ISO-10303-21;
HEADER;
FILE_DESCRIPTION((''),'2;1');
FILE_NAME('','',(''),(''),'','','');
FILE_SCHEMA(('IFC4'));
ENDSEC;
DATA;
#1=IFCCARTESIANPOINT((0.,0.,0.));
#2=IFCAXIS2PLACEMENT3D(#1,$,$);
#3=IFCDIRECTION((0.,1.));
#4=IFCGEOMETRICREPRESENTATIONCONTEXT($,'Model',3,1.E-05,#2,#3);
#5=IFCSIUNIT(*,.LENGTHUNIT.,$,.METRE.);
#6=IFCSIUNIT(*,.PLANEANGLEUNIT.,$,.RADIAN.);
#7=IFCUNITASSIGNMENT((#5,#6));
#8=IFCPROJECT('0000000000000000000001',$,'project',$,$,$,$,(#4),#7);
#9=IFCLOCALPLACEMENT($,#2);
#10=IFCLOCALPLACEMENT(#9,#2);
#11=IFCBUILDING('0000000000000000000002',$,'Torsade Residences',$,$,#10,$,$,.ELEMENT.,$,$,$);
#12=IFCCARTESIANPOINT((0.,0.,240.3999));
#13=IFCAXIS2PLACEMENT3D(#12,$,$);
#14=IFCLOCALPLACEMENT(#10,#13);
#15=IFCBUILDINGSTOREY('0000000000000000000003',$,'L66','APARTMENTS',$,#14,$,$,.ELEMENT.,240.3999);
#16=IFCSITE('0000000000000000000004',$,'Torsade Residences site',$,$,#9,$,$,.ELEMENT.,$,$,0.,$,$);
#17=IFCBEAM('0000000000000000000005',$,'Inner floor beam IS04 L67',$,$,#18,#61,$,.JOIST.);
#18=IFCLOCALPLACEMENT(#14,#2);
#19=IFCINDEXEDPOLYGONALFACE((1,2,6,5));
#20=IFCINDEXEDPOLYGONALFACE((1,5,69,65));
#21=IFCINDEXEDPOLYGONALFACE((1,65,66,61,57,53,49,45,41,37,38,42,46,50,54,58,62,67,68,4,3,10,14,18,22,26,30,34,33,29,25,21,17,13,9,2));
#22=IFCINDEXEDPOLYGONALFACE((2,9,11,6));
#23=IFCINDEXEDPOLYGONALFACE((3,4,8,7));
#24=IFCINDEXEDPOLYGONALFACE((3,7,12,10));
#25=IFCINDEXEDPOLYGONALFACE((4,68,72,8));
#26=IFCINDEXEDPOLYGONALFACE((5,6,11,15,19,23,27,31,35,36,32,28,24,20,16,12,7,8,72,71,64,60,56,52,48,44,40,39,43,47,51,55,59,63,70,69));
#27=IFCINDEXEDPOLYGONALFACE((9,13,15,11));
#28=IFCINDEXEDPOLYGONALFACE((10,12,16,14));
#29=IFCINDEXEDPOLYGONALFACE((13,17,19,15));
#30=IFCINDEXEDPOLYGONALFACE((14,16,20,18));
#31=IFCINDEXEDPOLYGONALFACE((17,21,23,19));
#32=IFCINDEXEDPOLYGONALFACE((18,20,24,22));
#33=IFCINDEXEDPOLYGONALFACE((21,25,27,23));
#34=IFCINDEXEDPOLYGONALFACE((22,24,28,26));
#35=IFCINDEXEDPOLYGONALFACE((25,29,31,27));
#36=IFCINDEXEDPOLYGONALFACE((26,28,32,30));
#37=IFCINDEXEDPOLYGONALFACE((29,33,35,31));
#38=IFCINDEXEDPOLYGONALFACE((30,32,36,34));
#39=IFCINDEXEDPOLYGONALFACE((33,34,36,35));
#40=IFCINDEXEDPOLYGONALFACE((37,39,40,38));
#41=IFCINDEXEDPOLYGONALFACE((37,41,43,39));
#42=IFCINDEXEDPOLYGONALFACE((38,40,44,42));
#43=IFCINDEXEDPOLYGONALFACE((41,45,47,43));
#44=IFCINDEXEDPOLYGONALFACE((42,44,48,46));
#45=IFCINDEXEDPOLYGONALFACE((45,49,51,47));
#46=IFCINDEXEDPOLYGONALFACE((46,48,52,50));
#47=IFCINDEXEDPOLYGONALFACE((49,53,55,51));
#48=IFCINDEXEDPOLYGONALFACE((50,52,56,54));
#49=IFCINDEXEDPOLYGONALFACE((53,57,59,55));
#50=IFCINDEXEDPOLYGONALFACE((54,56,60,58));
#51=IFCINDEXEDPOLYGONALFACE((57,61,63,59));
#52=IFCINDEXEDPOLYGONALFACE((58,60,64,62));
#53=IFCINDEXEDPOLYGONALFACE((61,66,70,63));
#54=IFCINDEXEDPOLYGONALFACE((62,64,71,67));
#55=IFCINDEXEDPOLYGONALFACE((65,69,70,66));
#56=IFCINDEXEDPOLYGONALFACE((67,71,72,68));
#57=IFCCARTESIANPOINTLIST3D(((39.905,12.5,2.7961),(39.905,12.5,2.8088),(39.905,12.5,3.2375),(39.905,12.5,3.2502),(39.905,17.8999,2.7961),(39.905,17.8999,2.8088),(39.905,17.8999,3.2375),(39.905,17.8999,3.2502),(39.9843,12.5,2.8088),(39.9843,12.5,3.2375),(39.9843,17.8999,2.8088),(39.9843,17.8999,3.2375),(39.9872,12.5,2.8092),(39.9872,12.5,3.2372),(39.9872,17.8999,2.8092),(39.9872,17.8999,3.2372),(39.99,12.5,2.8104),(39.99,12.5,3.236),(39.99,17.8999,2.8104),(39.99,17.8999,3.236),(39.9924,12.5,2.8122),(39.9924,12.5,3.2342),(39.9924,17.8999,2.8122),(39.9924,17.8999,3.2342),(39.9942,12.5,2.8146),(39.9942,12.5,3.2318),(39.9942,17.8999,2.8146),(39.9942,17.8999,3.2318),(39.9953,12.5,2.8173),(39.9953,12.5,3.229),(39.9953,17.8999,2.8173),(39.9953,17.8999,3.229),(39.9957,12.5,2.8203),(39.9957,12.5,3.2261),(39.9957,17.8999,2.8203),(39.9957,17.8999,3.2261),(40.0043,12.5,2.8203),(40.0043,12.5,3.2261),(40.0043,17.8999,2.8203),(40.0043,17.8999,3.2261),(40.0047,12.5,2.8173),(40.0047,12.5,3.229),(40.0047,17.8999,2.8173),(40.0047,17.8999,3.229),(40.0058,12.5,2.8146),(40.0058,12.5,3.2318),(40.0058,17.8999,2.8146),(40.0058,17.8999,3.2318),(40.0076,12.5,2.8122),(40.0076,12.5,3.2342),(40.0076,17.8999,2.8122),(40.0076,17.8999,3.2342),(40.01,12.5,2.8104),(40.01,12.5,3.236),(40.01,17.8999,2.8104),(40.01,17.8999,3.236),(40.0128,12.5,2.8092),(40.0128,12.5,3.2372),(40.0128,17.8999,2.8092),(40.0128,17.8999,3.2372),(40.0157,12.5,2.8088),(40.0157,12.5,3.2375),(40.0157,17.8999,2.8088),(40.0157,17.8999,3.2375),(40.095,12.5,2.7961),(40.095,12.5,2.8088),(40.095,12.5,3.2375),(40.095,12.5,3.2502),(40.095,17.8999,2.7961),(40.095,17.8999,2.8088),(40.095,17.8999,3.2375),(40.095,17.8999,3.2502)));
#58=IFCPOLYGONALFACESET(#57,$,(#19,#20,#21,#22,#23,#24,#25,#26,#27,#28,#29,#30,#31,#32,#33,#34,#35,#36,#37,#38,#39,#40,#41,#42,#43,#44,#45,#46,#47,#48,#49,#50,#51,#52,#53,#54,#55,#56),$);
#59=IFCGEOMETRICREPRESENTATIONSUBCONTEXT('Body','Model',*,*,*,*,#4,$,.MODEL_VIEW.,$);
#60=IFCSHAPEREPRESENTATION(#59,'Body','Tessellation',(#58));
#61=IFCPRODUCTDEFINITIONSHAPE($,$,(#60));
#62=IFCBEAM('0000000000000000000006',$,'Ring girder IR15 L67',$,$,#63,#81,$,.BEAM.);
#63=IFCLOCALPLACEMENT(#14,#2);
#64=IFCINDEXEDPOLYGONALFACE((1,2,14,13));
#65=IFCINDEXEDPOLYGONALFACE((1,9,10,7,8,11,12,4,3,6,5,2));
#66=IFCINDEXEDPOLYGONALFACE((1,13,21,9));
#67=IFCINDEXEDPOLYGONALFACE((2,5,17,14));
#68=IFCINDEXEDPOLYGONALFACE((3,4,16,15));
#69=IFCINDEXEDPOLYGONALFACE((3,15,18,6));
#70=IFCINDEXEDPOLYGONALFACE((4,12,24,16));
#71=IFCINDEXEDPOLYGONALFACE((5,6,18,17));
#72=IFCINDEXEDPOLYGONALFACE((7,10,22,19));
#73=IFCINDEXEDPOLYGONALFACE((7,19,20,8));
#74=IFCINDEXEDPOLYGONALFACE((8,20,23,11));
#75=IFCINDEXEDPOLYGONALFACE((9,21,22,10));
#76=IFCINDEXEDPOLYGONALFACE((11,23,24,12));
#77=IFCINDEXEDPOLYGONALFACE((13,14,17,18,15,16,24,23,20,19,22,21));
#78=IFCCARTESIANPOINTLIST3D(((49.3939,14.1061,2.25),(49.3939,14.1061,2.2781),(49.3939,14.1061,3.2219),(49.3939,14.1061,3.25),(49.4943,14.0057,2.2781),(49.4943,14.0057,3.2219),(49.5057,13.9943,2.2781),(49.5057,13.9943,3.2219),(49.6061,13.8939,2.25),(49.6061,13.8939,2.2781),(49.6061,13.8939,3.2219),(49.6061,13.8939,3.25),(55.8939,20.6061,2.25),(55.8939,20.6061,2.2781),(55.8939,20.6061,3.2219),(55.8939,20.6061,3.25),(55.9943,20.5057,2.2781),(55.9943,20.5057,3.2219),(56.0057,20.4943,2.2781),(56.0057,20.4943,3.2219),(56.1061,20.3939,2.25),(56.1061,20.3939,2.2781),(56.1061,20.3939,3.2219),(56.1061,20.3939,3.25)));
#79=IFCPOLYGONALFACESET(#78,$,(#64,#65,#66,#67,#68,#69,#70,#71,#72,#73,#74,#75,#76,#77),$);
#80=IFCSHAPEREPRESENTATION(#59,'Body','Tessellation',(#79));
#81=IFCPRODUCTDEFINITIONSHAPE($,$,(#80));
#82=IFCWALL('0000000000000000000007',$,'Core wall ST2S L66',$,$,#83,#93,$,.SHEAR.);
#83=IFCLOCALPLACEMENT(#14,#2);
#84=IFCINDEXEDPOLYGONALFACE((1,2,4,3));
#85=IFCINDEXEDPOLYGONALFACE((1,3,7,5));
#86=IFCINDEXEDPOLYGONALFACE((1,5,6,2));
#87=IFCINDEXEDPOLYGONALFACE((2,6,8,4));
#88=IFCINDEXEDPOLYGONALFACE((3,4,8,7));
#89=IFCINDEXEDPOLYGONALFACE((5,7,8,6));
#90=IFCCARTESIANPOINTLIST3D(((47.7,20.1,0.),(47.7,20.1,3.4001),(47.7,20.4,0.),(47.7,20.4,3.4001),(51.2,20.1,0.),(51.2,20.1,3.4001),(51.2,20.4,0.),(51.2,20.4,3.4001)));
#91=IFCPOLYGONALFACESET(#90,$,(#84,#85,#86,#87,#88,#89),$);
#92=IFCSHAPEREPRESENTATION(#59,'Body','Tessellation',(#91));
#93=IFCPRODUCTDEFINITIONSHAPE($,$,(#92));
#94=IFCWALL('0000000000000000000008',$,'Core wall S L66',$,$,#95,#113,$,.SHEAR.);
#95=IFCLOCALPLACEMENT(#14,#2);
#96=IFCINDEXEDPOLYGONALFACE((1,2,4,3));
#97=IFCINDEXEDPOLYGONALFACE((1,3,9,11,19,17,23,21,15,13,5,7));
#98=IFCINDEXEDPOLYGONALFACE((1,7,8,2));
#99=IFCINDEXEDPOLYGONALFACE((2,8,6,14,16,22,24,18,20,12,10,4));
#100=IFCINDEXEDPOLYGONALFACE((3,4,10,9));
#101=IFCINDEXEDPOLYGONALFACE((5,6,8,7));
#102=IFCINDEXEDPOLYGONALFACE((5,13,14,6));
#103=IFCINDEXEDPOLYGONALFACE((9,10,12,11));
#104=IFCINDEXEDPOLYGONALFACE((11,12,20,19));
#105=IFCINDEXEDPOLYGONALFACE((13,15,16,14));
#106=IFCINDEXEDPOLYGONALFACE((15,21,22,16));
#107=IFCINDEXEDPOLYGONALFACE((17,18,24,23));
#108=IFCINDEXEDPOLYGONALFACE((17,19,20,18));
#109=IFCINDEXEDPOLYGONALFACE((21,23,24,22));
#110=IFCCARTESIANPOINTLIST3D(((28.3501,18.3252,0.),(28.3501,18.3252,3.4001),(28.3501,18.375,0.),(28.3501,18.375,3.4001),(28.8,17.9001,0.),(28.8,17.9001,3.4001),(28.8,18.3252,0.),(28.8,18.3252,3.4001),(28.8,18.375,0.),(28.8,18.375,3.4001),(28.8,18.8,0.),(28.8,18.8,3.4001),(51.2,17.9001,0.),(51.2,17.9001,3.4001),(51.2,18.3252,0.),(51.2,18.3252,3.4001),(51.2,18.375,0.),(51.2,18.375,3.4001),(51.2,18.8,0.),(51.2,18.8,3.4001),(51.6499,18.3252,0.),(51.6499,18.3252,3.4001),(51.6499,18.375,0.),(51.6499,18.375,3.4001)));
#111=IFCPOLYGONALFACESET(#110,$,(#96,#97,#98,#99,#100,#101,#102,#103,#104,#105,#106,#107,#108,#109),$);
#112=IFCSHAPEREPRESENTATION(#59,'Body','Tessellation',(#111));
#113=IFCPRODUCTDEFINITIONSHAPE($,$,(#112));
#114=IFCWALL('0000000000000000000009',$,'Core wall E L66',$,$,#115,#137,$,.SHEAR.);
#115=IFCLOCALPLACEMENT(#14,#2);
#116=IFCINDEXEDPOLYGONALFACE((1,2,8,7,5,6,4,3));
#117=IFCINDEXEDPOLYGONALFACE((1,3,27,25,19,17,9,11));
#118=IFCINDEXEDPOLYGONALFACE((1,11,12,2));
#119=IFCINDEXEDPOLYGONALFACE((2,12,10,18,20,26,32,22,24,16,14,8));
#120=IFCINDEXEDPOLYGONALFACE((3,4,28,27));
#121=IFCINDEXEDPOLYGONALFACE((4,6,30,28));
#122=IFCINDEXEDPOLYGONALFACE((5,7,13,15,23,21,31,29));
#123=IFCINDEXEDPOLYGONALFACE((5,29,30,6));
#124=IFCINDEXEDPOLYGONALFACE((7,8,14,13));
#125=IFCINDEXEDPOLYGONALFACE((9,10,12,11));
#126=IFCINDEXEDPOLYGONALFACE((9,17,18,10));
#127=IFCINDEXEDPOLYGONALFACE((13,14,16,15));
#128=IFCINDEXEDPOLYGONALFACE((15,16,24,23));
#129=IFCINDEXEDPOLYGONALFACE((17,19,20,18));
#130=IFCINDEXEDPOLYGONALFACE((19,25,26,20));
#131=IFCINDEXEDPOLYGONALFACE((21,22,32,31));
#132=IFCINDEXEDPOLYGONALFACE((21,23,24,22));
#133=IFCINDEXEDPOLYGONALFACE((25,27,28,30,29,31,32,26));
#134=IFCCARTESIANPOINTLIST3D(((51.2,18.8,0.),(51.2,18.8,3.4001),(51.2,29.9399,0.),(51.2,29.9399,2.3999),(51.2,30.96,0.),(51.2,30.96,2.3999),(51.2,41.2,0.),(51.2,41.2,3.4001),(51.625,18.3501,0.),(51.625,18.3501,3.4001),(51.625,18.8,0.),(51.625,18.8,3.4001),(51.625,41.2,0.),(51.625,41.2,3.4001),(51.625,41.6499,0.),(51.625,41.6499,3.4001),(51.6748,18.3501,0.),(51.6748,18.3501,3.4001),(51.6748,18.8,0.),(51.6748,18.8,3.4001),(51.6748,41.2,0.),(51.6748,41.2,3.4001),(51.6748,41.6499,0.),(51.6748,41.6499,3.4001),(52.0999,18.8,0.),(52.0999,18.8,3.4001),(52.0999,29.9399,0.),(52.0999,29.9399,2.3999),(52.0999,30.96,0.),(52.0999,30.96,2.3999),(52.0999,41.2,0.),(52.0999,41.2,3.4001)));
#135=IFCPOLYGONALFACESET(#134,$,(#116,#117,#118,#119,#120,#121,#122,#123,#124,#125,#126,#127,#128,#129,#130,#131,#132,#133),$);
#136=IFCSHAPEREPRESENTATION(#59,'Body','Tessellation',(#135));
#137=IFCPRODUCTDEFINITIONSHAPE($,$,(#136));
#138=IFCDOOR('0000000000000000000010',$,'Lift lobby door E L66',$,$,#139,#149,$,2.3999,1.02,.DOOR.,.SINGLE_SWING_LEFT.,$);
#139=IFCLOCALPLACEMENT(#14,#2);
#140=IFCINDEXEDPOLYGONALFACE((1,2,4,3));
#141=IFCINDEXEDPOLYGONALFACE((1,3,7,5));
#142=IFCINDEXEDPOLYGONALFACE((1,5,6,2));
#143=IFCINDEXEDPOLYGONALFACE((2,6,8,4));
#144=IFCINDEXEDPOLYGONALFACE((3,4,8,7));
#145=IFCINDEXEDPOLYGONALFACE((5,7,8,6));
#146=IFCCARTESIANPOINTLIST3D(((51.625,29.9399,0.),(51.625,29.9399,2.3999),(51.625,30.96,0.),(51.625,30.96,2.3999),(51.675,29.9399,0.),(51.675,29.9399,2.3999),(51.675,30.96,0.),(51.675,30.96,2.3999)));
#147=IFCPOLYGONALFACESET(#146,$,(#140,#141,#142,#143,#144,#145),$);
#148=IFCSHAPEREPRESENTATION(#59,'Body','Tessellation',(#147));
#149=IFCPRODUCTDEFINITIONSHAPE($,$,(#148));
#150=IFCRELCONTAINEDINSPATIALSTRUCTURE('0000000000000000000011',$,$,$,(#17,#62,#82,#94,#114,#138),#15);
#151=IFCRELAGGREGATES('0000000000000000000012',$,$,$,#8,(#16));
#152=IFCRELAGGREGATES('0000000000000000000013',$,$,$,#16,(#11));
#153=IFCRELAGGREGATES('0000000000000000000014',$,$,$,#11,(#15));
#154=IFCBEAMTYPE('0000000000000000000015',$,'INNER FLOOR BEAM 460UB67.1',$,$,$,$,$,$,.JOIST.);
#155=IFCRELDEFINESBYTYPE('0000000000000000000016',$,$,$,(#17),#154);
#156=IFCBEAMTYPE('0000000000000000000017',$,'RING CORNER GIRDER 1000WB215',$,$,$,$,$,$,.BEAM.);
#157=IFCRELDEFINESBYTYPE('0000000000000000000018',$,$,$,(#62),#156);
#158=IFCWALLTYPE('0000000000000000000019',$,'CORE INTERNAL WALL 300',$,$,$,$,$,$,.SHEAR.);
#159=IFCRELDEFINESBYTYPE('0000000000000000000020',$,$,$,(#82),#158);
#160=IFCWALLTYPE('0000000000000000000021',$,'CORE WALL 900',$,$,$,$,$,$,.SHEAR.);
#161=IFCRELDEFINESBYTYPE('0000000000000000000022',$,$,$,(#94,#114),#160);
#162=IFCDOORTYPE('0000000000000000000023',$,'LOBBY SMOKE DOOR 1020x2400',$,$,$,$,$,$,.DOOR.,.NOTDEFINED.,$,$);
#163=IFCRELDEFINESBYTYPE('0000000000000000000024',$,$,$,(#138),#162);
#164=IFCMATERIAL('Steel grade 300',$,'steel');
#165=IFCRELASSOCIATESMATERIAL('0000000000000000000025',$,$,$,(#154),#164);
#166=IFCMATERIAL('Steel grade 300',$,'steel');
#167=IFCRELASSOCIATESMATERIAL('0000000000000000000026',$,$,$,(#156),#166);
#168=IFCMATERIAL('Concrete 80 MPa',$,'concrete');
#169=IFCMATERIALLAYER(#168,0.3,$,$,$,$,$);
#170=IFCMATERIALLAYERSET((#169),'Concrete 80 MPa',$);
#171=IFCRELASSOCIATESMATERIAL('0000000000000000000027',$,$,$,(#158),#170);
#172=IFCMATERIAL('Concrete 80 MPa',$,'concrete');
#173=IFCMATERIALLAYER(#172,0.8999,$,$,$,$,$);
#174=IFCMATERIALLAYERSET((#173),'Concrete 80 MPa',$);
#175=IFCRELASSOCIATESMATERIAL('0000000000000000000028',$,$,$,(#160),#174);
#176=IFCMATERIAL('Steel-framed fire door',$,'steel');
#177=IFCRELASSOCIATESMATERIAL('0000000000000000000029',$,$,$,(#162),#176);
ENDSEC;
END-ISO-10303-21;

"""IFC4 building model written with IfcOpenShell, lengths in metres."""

from ifc_helpers import new_model, si_unit, direction, frame, frame_2d, origin, origin_2d, place, context, subcontext, project, spatial, polyline, rectangle, i_section, outline, extrude, material, layer, layer_set, material_profile, profile_set, type_object, element, fill, save


model = new_model("IFC4")

# Units and contexts
model_context = context("Model", 3, precision=1e-05, world=origin(), true_north=direction((0.0, 1.0)))
body_context = subcontext(model_context, "Body", "Model", "MODEL_VIEW")
ifc_project = project(units=[si_unit("LENGTHUNIT", "METRE"), si_unit("PLANEANGLEUNIT", "RADIAN")], contexts=[model_context])

# Site, building, storey
site_placement = place(None, origin())
site = spatial("IfcSite", under=ifc_project, at=site_placement, Name="Torsade Residences site", CompositionType="ELEMENT", RefElevation=0.0)
building_placement = place(site_placement, origin())
building = spatial("IfcBuilding", under=site, at=building_placement, Name="Torsade Residences", CompositionType="ELEMENT")
storey_placement = place(building_placement, frame((0.0, 0.0, 240.3999)))
storey = spatial("IfcBuildingStorey", under=building, at=storey_placement, Name="L66", Description="APARTMENTS", CompositionType="ELEMENT", Elevation=240.3999)

# Beams
ifc_material_1 = material(Name="Steel grade 300", Category="steel")
ifc_material_profile_1 = material_profile(ifc_material_1, i_section(OverallWidth=0.1899, OverallDepth=0.4541, WebThickness=0.0085, FlangeThickness=0.0127, FilletRadius=0.0115, at=origin_2d()), Name="460UB67.1")
ifc_profile_set_1 = profile_set([ifc_material_profile_1], Name="Steel grade 300")
beam_type_1 = type_object("IfcBeamType", Name="INNER FLOOR BEAM 460UB67.1", PredefinedType="JOIST", material=ifc_profile_set_1)
for number, where, z_axis, x_axis, name in (
    (1, (40.0, 17.8999, 3.0232), (0.0, -1.0, 0.0), (1.0, 0.0, 0.0), "Inner floor beam IS04 L67"),
):
    element("IfcBeam", number, at=place(storey_placement, frame(where, z_axis=z_axis, x_axis=x_axis)), inside=storey, type_object=beam_type_1, Name=name, PredefinedType="JOIST", context=body_context, shape_type="SweptSolid", body=[
        extrude(i_section(OverallWidth=0.1899, OverallDepth=0.4541, WebThickness=0.0085, FlangeThickness=0.0127, FilletRadius=0.0115, at=origin_2d()), origin(), (0.0, 0.0, 1.0), 5.3999),
    ])
ifc_material_2 = material(Name="Steel grade 300", Category="steel")
ifc_material_profile_2 = material_profile(ifc_material_2, i_section(OverallWidth=0.3, OverallDepth=1.0, WebThickness=0.0161, FlangeThickness=0.0281, at=origin_2d()), Name="1000WB215")
ifc_profile_set_2 = profile_set([ifc_material_profile_2], Name="Steel grade 300")
beam_type_2 = type_object("IfcBeamType", Name="RING CORNER GIRDER 1000WB215", PredefinedType="BEAM", material=ifc_profile_set_2)
beam_1_placement = place(storey_placement, frame((49.5, 14.0, 2.75), z_axis=(0.707107, 0.707107, 0.0), x_axis=(-0.707107, 0.707107, 0.0)))
element("IfcBeam", 2, at=beam_1_placement, inside=storey, type_object=beam_type_2, Name="Ring girder IR15 L67", PredefinedType="BEAM", context=body_context, shape_type="SweptSolid", body=[
    extrude(i_section(OverallWidth=0.3, OverallDepth=1.0, WebThickness=0.0161, FlangeThickness=0.0281, at=origin_2d()), origin(), (0.0, 0.0, 1.0), 9.1924),
])

# Walls
ifc_material_3 = material(Name="Concrete 80 MPa", Category="concrete")
ifc_layer_1 = layer(ifc_material_3, 0.3)
ifc_layer_set_1 = layer_set([ifc_layer_1], Name="Concrete 80 MPa")
wall_type_1 = type_object("IfcWallType", Name="CORE INTERNAL WALL 300", PredefinedType="SHEAR", material=ifc_layer_set_1)
wall_1_placement = place(storey_placement, frame((51.2, 20.25, 0.0), z_axis=(0.0, 0.0, 1.0), x_axis=(-1.0, 0.0, 0.0)))
element("IfcWall", 3, at=wall_1_placement, inside=storey, type_object=wall_type_1, Name="Core wall ST2S L66", PredefinedType="SHEAR", context=body_context, shape_type="SweptSolid", body=[
    extrude(rectangle(XDim=3.5, YDim=0.3, at=frame_2d((1.75, 0.0))), origin(), (0.0, 0.0, 1.0), 3.4001),
])
ifc_material_4 = material(Name="Concrete 80 MPa", Category="concrete")
ifc_layer_2 = layer(ifc_material_4, 0.8999)
ifc_layer_set_2 = layer_set([ifc_layer_2], Name="Concrete 80 MPa")
wall_type_2 = type_object("IfcWallType", Name="CORE WALL 900", PredefinedType="SHEAR", material=ifc_layer_set_2)
wall_2_placement = place(storey_placement, frame((51.2, 18.3501, 0.0), z_axis=(0.0, 0.0, 1.0), x_axis=(-1.0, 0.0, 0.0)))
element("IfcWall", 4, at=wall_2_placement, inside=storey, type_object=wall_type_2, Name="Core wall S L66", PredefinedType="SHEAR", context=body_context, shape_type="SweptSolid", body=[
    extrude(outline(polyline([(0.0, -0.45), (22.3999, -0.45), (22.3999, -0.0249), (22.8499, -0.0249), (22.8499, 0.0249), (22.3999, 0.0249), (22.3999, 0.45), (0.0, 0.45), (0.0, 0.0249), (-0.45, 0.0249), (-0.45, -0.0249), (0.0, -0.0249), (0.0, -0.45)])), origin(), (0.0, 0.0, 1.0), 3.4001),
])

# Wall, opening, door
wall_3_placement = place(storey_placement, frame((51.6499, 18.8, 0.0), z_axis=(0.0, 0.0, 1.0), x_axis=(0.0, 1.0, 0.0)))
wall_3 = element("IfcWall", 5, at=wall_3_placement, inside=storey, type_object=wall_type_2, Name="Core wall E L66", PredefinedType="SHEAR", context=body_context, shape_type="SweptSolid", body=[
    extrude(outline(polyline([(0.0, -0.45), (22.3999, -0.45), (22.3999, -0.0249), (22.8499, -0.0249), (22.8499, 0.0249), (22.3999, 0.0249), (22.3999, 0.45), (0.0, 0.45), (0.0, 0.0249), (-0.45, 0.0249), (-0.45, -0.0249), (0.0, -0.0249), (0.0, -0.45)])), origin(), (0.0, 0.0, 1.0), 3.4001),
])
opening_1_placement = place(wall_3_placement, frame((11.1399, 0.0, 0.0)))
opening_1 = element("IfcOpeningElement", 6, at=opening_1_placement, cuts=wall_3, PredefinedType="OPENING", context=body_context, shape_type="SweptSolid", body=[
    extrude(rectangle(XDim=1.02, YDim=2.3999, at=frame_2d((0.51, 1.2))), frame((0.0, 0.46, 0.0), z_axis=(0.0, -1.0, 0.0), x_axis=(1.0, 0.0, 0.0)), (0.0, 0.0, 1.0), 0.9199),
])
ifc_material_5 = material(Name="Steel-framed fire door", Category="steel")
door_type_1 = type_object("IfcDoorType", Name="LOBBY SMOKE DOOR 1020x2400", OperationType="NOTDEFINED", PredefinedType="DOOR", material=ifc_material_5)
door_1_placement = place(opening_1_placement, origin())
door_1 = element("IfcDoor", 7, at=door_1_placement, inside=storey, type_object=door_type_1, Name="Lift lobby door E L66", OperationType="SINGLE_SWING_LEFT", OverallHeight=2.3999, OverallWidth=1.02, PredefinedType="DOOR", context=body_context, shape_type="SweptSolid", body=[
    extrude(rectangle(XDim=1.02, YDim=2.3999, at=frame_2d((0.51, 1.2))), frame((0.0, 0.0249, 0.0), z_axis=(0.0, -1.0, 0.0), x_axis=(1.0, 0.0, 0.0)), (0.0, 0.0, 1.0), 0.05),
])
fill(opening_1, door_1)

save(model, "model.ifc")
